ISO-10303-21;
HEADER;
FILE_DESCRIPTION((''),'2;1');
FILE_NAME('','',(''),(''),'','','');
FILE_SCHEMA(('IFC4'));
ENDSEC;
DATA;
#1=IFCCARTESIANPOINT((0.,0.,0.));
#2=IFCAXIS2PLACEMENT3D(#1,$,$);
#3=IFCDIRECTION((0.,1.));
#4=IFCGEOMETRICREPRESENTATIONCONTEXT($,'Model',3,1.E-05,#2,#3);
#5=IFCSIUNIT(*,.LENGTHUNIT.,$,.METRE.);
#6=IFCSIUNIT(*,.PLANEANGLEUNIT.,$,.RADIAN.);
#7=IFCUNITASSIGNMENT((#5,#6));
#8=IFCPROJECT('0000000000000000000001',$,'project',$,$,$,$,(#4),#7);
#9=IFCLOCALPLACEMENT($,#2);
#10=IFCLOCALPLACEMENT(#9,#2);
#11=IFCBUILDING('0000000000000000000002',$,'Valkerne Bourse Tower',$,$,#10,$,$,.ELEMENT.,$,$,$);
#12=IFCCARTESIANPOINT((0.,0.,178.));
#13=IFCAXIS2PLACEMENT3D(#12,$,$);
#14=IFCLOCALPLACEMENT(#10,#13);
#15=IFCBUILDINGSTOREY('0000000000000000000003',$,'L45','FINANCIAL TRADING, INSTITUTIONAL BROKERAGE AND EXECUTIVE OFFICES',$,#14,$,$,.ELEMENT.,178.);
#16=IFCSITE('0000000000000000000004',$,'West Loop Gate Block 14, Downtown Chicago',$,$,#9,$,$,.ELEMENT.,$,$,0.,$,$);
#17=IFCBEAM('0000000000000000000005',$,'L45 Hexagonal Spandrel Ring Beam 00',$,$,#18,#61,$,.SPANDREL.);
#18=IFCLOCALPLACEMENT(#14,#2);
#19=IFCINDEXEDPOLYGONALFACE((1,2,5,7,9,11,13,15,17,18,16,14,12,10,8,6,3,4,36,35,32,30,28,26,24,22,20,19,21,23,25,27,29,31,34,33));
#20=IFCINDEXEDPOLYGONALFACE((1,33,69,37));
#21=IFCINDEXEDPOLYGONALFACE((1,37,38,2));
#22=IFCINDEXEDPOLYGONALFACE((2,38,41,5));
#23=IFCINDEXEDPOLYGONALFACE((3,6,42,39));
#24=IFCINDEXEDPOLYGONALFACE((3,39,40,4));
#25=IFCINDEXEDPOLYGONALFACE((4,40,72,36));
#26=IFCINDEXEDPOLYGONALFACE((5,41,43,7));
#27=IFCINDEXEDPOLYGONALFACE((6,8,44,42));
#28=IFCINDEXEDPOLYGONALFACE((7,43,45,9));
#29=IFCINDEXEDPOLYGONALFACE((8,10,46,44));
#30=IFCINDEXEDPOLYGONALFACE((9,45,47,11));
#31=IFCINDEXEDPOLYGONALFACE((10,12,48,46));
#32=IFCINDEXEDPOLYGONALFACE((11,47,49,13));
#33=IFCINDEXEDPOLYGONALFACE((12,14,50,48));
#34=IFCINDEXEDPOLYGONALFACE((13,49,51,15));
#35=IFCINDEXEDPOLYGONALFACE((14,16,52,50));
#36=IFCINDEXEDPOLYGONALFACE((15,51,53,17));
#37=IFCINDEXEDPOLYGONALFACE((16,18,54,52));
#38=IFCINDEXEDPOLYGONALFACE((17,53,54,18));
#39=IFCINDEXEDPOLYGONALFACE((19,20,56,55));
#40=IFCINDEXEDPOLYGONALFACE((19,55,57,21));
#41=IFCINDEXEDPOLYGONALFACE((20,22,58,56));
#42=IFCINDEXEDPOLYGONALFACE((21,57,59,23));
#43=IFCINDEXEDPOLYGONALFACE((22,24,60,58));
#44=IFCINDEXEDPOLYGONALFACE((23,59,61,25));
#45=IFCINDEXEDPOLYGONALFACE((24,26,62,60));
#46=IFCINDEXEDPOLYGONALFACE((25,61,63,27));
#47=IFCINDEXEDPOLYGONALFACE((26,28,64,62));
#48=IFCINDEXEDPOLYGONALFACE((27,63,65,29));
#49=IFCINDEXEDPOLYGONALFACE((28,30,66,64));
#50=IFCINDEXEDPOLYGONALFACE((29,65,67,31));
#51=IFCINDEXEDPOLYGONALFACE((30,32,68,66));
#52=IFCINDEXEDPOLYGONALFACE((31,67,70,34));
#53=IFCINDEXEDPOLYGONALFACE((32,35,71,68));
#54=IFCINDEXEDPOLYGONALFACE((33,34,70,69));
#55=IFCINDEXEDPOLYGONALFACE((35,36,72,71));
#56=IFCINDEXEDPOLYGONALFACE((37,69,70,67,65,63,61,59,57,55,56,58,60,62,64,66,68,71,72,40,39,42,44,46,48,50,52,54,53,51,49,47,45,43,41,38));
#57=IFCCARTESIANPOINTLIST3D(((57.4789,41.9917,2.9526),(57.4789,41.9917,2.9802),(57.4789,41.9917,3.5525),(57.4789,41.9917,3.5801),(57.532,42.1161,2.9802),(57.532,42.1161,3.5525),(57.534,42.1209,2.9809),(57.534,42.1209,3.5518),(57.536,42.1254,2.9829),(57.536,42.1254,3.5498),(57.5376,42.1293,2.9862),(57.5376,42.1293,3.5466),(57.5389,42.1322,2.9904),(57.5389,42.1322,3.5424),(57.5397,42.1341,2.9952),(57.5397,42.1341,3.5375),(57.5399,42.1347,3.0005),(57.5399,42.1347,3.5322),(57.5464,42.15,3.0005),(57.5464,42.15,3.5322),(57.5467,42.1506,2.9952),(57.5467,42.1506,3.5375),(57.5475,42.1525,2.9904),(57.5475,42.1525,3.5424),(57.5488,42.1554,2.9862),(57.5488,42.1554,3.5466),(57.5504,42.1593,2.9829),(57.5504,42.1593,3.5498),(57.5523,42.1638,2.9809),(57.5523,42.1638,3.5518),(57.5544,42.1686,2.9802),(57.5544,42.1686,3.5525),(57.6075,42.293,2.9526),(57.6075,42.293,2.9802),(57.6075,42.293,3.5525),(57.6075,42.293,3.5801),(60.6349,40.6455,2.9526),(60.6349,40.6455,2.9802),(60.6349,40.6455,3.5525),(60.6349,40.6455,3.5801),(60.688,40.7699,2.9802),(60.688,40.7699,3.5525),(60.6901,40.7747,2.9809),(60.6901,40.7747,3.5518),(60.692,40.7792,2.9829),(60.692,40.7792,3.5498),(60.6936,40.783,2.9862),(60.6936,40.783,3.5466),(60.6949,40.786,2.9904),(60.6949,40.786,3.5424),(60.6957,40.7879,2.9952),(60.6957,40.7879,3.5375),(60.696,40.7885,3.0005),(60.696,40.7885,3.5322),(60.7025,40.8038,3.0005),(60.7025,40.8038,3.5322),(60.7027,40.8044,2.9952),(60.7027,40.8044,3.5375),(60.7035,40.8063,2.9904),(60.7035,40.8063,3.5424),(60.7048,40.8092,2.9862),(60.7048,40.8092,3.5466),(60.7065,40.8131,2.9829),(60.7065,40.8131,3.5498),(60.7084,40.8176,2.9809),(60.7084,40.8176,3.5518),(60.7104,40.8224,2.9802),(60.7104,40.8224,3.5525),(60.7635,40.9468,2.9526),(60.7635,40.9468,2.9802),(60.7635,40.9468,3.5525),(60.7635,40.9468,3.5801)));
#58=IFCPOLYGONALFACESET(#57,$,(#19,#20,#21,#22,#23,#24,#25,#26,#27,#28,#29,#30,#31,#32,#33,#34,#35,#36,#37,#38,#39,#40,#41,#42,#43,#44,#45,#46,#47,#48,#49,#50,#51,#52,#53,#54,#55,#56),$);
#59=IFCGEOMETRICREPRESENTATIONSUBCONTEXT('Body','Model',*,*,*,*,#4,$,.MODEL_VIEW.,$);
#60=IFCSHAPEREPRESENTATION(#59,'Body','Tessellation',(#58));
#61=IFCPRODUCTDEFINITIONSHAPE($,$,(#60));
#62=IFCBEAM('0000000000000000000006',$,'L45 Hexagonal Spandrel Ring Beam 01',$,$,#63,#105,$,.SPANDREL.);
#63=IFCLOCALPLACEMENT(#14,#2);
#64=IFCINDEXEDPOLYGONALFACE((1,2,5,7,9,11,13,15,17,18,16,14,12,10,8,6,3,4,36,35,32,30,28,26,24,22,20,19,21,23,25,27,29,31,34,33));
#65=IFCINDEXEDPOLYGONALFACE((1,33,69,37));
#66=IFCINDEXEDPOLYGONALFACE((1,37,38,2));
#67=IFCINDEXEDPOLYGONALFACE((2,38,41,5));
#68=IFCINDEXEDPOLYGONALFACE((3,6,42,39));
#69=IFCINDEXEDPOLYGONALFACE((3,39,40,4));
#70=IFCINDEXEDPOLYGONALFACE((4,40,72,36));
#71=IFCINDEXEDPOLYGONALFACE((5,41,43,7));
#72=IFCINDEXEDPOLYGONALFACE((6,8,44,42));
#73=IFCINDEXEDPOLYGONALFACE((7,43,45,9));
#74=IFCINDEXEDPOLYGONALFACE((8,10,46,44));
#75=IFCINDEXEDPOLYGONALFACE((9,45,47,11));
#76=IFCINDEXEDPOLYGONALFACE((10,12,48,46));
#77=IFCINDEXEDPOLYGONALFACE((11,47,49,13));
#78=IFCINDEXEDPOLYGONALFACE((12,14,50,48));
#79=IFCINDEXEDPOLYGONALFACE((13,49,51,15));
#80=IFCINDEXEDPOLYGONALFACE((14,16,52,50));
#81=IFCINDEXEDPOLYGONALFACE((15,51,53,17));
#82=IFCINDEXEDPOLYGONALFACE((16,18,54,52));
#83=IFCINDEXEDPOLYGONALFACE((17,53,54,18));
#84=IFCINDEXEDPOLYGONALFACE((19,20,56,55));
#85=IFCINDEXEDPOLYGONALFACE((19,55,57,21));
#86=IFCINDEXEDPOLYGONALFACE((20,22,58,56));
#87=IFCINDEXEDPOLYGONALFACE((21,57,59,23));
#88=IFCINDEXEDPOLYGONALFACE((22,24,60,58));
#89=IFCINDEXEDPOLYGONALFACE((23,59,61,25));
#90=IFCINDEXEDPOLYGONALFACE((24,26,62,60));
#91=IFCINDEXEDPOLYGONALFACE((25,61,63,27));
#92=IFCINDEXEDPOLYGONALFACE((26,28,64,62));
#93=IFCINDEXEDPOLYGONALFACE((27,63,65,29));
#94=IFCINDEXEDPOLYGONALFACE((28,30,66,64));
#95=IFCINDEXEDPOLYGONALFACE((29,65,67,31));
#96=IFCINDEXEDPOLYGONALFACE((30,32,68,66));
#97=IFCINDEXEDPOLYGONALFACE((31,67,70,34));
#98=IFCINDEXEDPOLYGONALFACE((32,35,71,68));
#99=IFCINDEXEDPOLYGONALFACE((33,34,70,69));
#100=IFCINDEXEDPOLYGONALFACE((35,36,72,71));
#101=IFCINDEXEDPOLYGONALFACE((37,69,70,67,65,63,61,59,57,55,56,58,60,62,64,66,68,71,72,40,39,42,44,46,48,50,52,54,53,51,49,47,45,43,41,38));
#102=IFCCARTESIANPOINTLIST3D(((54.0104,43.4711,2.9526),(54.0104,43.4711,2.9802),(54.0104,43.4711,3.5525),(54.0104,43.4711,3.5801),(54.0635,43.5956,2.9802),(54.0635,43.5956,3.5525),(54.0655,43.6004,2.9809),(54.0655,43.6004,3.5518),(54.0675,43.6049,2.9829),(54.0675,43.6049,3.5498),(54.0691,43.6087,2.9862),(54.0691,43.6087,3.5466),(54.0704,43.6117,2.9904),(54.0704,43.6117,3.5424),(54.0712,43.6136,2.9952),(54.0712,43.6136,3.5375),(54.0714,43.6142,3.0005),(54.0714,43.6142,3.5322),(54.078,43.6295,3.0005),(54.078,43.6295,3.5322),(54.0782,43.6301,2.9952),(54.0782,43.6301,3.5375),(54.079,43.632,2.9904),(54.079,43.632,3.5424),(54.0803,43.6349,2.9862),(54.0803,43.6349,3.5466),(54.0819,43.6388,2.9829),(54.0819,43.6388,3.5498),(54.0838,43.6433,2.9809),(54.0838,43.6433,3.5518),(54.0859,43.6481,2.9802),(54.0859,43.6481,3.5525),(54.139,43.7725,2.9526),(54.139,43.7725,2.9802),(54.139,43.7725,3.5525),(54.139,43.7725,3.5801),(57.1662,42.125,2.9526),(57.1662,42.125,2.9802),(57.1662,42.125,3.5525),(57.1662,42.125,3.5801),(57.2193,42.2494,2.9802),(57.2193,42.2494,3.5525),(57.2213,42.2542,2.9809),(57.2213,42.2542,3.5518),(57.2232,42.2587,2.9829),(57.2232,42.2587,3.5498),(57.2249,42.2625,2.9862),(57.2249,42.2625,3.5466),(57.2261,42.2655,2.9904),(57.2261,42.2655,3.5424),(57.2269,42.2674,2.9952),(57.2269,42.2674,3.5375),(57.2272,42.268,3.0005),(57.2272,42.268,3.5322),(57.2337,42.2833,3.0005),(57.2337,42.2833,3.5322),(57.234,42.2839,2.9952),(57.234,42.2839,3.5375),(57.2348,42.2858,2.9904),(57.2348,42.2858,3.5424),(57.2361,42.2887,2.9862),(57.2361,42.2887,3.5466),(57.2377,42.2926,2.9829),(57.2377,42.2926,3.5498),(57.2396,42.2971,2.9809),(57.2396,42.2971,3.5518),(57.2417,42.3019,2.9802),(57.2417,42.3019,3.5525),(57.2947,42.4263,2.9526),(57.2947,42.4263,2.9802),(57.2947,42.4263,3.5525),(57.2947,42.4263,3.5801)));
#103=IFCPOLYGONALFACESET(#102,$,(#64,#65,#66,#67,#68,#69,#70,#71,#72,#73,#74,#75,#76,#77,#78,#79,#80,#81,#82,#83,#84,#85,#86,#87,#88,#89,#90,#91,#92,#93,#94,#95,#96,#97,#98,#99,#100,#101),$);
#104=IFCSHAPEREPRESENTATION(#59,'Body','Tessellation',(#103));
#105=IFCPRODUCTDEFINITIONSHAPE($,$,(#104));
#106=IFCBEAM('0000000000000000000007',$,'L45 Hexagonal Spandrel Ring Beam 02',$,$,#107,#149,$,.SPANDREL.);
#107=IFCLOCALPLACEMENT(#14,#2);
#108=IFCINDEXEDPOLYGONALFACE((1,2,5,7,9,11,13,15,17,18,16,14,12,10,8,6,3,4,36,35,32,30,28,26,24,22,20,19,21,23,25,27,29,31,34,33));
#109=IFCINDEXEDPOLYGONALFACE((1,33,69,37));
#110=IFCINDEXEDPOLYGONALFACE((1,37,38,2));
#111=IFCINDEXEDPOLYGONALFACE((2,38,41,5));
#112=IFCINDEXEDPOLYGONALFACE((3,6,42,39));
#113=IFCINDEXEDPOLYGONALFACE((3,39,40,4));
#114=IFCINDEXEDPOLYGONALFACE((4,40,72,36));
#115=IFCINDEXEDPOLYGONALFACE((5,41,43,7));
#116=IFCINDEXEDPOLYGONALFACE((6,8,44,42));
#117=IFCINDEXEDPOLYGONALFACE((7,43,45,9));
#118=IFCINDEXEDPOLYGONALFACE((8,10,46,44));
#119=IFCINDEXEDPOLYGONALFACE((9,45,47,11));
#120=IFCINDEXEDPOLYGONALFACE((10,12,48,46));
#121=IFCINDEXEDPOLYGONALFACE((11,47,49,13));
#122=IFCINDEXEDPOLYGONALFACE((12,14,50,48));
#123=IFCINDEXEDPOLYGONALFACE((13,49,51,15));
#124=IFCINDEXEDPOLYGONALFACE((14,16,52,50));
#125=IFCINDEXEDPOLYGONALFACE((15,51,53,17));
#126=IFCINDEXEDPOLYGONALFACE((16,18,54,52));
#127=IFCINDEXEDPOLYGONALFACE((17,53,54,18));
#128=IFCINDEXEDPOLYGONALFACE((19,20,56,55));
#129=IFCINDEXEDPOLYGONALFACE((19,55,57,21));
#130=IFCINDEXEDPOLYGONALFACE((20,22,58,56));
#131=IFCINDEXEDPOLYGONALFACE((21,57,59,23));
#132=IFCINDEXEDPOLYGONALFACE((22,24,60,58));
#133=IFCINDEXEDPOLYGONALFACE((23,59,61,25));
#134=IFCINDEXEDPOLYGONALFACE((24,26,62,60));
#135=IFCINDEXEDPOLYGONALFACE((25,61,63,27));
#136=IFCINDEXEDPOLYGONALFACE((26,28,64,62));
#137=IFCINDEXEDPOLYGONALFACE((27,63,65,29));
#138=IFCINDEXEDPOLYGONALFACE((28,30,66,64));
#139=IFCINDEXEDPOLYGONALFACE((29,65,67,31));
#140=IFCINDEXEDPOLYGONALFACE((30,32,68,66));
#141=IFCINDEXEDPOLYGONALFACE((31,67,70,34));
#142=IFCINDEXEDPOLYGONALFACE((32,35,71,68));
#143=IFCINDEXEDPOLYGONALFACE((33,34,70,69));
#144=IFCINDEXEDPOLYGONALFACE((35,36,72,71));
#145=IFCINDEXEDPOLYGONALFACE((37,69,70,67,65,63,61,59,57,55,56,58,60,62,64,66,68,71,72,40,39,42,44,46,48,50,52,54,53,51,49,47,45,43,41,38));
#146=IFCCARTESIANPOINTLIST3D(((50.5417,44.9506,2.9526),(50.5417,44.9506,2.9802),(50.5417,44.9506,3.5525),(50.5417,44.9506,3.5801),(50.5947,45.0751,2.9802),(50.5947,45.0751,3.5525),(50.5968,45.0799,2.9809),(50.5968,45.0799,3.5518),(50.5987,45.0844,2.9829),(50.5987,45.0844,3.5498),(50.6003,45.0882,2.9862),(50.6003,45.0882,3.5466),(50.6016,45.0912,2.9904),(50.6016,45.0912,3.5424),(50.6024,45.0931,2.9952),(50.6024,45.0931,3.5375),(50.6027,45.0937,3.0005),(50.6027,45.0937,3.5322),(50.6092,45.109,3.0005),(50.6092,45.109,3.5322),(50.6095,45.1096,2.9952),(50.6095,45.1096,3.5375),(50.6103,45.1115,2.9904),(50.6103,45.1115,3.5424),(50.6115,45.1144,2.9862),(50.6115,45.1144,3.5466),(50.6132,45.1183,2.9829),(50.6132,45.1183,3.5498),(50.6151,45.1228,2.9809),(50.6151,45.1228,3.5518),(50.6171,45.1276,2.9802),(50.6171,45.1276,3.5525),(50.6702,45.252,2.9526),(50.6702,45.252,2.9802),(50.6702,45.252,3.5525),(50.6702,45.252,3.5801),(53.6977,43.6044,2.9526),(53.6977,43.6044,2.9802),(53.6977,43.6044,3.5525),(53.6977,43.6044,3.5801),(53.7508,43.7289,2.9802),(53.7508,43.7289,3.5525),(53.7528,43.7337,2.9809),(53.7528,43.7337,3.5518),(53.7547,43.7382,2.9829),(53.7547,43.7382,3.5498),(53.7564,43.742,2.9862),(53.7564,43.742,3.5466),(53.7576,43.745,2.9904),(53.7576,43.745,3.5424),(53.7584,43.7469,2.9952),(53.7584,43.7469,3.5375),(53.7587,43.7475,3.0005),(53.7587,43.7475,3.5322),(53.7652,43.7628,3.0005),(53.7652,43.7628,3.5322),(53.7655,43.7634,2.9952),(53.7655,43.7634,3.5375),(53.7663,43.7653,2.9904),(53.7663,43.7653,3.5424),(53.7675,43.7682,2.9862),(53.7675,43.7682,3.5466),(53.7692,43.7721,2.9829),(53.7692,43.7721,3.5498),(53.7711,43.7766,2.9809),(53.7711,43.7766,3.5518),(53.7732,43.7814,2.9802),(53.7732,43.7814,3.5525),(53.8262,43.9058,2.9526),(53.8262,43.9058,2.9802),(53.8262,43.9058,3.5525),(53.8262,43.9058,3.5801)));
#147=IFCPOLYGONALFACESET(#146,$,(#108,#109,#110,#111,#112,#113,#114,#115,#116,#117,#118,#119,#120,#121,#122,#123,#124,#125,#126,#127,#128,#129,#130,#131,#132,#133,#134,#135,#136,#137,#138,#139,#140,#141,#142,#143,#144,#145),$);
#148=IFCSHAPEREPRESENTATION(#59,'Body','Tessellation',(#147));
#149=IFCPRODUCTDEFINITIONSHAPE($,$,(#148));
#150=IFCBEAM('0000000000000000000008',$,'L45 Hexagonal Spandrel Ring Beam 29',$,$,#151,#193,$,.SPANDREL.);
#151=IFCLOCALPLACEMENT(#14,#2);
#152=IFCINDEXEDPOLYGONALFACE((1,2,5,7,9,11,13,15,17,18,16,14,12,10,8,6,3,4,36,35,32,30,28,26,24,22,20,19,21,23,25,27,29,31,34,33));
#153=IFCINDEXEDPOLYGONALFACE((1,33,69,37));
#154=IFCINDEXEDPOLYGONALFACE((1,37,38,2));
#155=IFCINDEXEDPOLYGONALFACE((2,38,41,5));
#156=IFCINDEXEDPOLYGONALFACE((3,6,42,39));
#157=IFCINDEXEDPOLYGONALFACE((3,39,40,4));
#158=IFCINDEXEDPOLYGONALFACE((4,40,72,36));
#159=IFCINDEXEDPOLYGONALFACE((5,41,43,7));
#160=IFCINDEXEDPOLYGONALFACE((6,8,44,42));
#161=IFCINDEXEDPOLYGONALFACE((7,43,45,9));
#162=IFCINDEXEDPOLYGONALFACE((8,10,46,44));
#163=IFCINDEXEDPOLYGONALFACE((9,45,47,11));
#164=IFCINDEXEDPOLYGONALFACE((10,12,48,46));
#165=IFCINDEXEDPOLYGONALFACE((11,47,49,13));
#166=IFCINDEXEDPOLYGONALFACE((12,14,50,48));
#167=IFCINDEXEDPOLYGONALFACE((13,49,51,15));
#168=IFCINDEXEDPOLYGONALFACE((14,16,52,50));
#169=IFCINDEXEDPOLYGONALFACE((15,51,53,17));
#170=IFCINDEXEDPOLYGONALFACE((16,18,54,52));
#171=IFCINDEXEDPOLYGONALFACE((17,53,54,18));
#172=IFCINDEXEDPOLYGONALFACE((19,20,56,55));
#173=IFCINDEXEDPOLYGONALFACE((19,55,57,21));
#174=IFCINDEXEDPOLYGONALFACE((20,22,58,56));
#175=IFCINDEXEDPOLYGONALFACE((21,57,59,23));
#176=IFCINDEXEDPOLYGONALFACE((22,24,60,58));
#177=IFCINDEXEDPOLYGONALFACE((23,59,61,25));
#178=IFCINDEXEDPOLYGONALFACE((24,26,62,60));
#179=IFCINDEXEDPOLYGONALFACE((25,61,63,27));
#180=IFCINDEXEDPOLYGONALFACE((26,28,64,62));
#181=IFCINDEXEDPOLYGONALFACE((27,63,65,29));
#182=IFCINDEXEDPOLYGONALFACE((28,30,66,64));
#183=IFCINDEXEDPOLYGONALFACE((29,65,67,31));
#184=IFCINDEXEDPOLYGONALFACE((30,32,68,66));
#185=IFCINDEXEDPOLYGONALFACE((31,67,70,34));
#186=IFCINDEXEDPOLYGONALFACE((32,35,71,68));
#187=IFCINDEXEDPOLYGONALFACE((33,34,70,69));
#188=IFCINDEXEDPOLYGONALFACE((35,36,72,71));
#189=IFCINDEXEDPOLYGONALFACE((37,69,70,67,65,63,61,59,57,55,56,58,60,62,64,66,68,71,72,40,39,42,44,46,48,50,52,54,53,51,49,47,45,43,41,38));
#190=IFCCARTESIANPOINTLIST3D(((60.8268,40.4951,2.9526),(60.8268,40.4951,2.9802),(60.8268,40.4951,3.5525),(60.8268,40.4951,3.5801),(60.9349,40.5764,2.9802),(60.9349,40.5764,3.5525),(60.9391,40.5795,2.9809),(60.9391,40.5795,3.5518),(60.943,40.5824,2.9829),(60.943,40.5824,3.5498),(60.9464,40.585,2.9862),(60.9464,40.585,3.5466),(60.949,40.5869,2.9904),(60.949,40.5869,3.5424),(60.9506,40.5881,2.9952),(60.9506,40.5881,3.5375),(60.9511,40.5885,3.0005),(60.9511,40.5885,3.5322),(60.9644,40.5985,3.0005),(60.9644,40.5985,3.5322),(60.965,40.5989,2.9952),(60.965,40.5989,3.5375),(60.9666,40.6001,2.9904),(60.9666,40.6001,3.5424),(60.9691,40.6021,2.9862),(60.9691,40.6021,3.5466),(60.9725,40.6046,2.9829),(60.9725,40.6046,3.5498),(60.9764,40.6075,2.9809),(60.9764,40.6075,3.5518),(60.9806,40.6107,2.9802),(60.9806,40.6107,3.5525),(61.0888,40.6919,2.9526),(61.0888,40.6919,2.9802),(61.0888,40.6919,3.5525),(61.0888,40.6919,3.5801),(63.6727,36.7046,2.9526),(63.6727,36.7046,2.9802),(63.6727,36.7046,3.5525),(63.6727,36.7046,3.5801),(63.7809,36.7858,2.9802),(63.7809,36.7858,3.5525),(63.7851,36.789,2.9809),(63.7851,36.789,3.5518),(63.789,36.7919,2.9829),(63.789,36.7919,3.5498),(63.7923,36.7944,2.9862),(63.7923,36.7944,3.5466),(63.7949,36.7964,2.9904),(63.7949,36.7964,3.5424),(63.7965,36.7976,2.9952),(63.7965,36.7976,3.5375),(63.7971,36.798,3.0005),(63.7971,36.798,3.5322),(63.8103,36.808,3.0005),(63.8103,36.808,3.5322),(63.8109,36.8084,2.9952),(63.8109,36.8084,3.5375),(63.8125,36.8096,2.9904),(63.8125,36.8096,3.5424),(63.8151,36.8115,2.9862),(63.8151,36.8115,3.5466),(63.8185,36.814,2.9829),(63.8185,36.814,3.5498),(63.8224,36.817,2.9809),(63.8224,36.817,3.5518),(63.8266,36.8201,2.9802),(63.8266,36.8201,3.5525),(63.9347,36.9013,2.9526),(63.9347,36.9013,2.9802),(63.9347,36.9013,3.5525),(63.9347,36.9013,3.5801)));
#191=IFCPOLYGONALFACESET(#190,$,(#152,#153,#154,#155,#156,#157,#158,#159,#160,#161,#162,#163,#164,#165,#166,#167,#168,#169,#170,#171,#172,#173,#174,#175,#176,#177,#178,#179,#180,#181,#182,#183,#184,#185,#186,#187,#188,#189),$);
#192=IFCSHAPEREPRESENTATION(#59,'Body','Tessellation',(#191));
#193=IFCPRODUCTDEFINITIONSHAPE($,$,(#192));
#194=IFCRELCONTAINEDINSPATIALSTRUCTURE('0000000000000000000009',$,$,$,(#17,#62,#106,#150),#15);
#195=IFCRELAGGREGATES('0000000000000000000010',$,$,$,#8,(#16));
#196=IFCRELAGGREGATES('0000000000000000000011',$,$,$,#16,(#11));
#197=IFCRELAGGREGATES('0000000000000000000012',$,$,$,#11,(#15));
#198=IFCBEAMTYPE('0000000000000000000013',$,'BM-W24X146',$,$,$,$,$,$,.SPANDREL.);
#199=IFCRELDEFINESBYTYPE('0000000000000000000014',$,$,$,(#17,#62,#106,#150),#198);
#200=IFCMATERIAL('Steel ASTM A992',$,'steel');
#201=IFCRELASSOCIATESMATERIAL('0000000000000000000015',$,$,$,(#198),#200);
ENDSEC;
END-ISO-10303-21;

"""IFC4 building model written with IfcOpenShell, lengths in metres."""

from ifc_helpers import new_model, si_unit, direction, frame, origin, origin_2d, place, context, subcontext, project, spatial, i_section, extrude, material, material_profile, profile_set, type_object, element, save


model = new_model("IFC4")

# Units and contexts
model_context = context("Model", 3, precision=1e-05, world=origin(), true_north=direction((0.0, 1.0)))
body_context = subcontext(model_context, "Body", "Model", "MODEL_VIEW")
ifc_project = project(units=[si_unit("LENGTHUNIT", "METRE"), si_unit("PLANEANGLEUNIT", "RADIAN")], contexts=[model_context])

# Site, building, storey
site_placement = place(None, origin())
site = spatial("IfcSite", under=ifc_project, at=site_placement, Name="West Loop Gate Block 14, Downtown Chicago", CompositionType="ELEMENT", RefElevation=0.0)
building_placement = place(site_placement, origin())
building = spatial("IfcBuilding", under=site, at=building_placement, Name="Valkerne Bourse Tower", CompositionType="ELEMENT")
storey_placement = place(building_placement, frame((0.0, 0.0, 178.0)))
storey = spatial("IfcBuildingStorey", under=building, at=storey_placement, Name="L45", Description="FINANCIAL TRADING, INSTITUTIONAL BROKERAGE AND EXECUTIVE OFFICES", CompositionType="ELEMENT", Elevation=178.0)

# Beams
ifc_material_1 = material(Name="Steel ASTM A992", Category="steel")
ifc_material_profile_1 = material_profile(ifc_material_1, i_section(OverallWidth=0.3276, OverallDepth=0.6274, WebThickness=0.0166, FlangeThickness=0.0276, FilletRadius=0.0203, at=origin_2d()), Name="W24X146")
ifc_profile_set_1 = profile_set([ifc_material_profile_1], Name="Steel ASTM A992")
beam_type = type_object("IfcBeamType", Name="BM-W24X146", PredefinedType="SPANDREL", material=ifc_profile_set_1)
beam_1_placement = place(storey_placement, frame((60.6992, 40.7961, 3.2664), z_axis=(-0.919817, 0.392347, 0.0), x_axis=(-0.392347, -0.919817, 0.0)))
element("IfcBeam", 1, at=beam_1_placement, inside=storey, type_object=beam_type, Name="L45 Hexagonal Spandrel Ring Beam 00", PredefinedType="SPANDREL", context=body_context, shape_type="SweptSolid", body=[
    extrude(i_section(OverallWidth=0.3276, OverallDepth=0.6274, WebThickness=0.0166, FlangeThickness=0.0276, FilletRadius=0.0203, at=origin_2d()), origin(), (0.0, 0.0, 1.0), 3.4312),
])
beam_2_placement = place(storey_placement, frame((57.2305, 42.2756, 3.2664), z_axis=(-0.919806, 0.392373, 0.0), x_axis=(-0.392373, -0.919806, 0.0)))
element("IfcBeam", 2, at=beam_2_placement, inside=storey, type_object=beam_type, Name="L45 Hexagonal Spandrel Ring Beam 01", PredefinedType="SPANDREL", context=body_context, shape_type="SweptSolid", body=[
    extrude(i_section(OverallWidth=0.3276, OverallDepth=0.6274, WebThickness=0.0166, FlangeThickness=0.0276, FilletRadius=0.0203, at=origin_2d()), origin(), (0.0, 0.0, 1.0), 3.4309),
])
beam_3_placement = place(storey_placement, frame((53.762, 43.7551, 3.2664), z_axis=(-0.919817, 0.392347, 0.0), x_axis=(-0.392347, -0.919817, 0.0)))
element("IfcBeam", 3, at=beam_3_placement, inside=storey, type_object=beam_type, Name="L45 Hexagonal Spandrel Ring Beam 02", PredefinedType="SPANDREL", context=body_context, shape_type="SweptSolid", body=[
    extrude(i_section(OverallWidth=0.3276, OverallDepth=0.6274, WebThickness=0.0166, FlangeThickness=0.0276, FilletRadius=0.0203, at=origin_2d()), origin(), (0.0, 0.0, 1.0), 3.4312),
])
beam_4_placement = place(storey_placement, frame((63.8037, 36.803, 3.2664), z_axis=(-0.600412, 0.799691, 0.0), x_axis=(-0.799691, -0.600412, 0.0)))
element("IfcBeam", 4, at=beam_4_placement, inside=storey, type_object=beam_type, Name="L45 Hexagonal Spandrel Ring Beam 29", PredefinedType="SPANDREL", context=body_context, shape_type="SweptSolid", body=[
    extrude(i_section(OverallWidth=0.3276, OverallDepth=0.6274, WebThickness=0.0166, FlangeThickness=0.0276, FilletRadius=0.0203, at=origin_2d()), origin(), (0.0, 0.0, 1.0), 4.74),
])

save(model, "model.ifc")
